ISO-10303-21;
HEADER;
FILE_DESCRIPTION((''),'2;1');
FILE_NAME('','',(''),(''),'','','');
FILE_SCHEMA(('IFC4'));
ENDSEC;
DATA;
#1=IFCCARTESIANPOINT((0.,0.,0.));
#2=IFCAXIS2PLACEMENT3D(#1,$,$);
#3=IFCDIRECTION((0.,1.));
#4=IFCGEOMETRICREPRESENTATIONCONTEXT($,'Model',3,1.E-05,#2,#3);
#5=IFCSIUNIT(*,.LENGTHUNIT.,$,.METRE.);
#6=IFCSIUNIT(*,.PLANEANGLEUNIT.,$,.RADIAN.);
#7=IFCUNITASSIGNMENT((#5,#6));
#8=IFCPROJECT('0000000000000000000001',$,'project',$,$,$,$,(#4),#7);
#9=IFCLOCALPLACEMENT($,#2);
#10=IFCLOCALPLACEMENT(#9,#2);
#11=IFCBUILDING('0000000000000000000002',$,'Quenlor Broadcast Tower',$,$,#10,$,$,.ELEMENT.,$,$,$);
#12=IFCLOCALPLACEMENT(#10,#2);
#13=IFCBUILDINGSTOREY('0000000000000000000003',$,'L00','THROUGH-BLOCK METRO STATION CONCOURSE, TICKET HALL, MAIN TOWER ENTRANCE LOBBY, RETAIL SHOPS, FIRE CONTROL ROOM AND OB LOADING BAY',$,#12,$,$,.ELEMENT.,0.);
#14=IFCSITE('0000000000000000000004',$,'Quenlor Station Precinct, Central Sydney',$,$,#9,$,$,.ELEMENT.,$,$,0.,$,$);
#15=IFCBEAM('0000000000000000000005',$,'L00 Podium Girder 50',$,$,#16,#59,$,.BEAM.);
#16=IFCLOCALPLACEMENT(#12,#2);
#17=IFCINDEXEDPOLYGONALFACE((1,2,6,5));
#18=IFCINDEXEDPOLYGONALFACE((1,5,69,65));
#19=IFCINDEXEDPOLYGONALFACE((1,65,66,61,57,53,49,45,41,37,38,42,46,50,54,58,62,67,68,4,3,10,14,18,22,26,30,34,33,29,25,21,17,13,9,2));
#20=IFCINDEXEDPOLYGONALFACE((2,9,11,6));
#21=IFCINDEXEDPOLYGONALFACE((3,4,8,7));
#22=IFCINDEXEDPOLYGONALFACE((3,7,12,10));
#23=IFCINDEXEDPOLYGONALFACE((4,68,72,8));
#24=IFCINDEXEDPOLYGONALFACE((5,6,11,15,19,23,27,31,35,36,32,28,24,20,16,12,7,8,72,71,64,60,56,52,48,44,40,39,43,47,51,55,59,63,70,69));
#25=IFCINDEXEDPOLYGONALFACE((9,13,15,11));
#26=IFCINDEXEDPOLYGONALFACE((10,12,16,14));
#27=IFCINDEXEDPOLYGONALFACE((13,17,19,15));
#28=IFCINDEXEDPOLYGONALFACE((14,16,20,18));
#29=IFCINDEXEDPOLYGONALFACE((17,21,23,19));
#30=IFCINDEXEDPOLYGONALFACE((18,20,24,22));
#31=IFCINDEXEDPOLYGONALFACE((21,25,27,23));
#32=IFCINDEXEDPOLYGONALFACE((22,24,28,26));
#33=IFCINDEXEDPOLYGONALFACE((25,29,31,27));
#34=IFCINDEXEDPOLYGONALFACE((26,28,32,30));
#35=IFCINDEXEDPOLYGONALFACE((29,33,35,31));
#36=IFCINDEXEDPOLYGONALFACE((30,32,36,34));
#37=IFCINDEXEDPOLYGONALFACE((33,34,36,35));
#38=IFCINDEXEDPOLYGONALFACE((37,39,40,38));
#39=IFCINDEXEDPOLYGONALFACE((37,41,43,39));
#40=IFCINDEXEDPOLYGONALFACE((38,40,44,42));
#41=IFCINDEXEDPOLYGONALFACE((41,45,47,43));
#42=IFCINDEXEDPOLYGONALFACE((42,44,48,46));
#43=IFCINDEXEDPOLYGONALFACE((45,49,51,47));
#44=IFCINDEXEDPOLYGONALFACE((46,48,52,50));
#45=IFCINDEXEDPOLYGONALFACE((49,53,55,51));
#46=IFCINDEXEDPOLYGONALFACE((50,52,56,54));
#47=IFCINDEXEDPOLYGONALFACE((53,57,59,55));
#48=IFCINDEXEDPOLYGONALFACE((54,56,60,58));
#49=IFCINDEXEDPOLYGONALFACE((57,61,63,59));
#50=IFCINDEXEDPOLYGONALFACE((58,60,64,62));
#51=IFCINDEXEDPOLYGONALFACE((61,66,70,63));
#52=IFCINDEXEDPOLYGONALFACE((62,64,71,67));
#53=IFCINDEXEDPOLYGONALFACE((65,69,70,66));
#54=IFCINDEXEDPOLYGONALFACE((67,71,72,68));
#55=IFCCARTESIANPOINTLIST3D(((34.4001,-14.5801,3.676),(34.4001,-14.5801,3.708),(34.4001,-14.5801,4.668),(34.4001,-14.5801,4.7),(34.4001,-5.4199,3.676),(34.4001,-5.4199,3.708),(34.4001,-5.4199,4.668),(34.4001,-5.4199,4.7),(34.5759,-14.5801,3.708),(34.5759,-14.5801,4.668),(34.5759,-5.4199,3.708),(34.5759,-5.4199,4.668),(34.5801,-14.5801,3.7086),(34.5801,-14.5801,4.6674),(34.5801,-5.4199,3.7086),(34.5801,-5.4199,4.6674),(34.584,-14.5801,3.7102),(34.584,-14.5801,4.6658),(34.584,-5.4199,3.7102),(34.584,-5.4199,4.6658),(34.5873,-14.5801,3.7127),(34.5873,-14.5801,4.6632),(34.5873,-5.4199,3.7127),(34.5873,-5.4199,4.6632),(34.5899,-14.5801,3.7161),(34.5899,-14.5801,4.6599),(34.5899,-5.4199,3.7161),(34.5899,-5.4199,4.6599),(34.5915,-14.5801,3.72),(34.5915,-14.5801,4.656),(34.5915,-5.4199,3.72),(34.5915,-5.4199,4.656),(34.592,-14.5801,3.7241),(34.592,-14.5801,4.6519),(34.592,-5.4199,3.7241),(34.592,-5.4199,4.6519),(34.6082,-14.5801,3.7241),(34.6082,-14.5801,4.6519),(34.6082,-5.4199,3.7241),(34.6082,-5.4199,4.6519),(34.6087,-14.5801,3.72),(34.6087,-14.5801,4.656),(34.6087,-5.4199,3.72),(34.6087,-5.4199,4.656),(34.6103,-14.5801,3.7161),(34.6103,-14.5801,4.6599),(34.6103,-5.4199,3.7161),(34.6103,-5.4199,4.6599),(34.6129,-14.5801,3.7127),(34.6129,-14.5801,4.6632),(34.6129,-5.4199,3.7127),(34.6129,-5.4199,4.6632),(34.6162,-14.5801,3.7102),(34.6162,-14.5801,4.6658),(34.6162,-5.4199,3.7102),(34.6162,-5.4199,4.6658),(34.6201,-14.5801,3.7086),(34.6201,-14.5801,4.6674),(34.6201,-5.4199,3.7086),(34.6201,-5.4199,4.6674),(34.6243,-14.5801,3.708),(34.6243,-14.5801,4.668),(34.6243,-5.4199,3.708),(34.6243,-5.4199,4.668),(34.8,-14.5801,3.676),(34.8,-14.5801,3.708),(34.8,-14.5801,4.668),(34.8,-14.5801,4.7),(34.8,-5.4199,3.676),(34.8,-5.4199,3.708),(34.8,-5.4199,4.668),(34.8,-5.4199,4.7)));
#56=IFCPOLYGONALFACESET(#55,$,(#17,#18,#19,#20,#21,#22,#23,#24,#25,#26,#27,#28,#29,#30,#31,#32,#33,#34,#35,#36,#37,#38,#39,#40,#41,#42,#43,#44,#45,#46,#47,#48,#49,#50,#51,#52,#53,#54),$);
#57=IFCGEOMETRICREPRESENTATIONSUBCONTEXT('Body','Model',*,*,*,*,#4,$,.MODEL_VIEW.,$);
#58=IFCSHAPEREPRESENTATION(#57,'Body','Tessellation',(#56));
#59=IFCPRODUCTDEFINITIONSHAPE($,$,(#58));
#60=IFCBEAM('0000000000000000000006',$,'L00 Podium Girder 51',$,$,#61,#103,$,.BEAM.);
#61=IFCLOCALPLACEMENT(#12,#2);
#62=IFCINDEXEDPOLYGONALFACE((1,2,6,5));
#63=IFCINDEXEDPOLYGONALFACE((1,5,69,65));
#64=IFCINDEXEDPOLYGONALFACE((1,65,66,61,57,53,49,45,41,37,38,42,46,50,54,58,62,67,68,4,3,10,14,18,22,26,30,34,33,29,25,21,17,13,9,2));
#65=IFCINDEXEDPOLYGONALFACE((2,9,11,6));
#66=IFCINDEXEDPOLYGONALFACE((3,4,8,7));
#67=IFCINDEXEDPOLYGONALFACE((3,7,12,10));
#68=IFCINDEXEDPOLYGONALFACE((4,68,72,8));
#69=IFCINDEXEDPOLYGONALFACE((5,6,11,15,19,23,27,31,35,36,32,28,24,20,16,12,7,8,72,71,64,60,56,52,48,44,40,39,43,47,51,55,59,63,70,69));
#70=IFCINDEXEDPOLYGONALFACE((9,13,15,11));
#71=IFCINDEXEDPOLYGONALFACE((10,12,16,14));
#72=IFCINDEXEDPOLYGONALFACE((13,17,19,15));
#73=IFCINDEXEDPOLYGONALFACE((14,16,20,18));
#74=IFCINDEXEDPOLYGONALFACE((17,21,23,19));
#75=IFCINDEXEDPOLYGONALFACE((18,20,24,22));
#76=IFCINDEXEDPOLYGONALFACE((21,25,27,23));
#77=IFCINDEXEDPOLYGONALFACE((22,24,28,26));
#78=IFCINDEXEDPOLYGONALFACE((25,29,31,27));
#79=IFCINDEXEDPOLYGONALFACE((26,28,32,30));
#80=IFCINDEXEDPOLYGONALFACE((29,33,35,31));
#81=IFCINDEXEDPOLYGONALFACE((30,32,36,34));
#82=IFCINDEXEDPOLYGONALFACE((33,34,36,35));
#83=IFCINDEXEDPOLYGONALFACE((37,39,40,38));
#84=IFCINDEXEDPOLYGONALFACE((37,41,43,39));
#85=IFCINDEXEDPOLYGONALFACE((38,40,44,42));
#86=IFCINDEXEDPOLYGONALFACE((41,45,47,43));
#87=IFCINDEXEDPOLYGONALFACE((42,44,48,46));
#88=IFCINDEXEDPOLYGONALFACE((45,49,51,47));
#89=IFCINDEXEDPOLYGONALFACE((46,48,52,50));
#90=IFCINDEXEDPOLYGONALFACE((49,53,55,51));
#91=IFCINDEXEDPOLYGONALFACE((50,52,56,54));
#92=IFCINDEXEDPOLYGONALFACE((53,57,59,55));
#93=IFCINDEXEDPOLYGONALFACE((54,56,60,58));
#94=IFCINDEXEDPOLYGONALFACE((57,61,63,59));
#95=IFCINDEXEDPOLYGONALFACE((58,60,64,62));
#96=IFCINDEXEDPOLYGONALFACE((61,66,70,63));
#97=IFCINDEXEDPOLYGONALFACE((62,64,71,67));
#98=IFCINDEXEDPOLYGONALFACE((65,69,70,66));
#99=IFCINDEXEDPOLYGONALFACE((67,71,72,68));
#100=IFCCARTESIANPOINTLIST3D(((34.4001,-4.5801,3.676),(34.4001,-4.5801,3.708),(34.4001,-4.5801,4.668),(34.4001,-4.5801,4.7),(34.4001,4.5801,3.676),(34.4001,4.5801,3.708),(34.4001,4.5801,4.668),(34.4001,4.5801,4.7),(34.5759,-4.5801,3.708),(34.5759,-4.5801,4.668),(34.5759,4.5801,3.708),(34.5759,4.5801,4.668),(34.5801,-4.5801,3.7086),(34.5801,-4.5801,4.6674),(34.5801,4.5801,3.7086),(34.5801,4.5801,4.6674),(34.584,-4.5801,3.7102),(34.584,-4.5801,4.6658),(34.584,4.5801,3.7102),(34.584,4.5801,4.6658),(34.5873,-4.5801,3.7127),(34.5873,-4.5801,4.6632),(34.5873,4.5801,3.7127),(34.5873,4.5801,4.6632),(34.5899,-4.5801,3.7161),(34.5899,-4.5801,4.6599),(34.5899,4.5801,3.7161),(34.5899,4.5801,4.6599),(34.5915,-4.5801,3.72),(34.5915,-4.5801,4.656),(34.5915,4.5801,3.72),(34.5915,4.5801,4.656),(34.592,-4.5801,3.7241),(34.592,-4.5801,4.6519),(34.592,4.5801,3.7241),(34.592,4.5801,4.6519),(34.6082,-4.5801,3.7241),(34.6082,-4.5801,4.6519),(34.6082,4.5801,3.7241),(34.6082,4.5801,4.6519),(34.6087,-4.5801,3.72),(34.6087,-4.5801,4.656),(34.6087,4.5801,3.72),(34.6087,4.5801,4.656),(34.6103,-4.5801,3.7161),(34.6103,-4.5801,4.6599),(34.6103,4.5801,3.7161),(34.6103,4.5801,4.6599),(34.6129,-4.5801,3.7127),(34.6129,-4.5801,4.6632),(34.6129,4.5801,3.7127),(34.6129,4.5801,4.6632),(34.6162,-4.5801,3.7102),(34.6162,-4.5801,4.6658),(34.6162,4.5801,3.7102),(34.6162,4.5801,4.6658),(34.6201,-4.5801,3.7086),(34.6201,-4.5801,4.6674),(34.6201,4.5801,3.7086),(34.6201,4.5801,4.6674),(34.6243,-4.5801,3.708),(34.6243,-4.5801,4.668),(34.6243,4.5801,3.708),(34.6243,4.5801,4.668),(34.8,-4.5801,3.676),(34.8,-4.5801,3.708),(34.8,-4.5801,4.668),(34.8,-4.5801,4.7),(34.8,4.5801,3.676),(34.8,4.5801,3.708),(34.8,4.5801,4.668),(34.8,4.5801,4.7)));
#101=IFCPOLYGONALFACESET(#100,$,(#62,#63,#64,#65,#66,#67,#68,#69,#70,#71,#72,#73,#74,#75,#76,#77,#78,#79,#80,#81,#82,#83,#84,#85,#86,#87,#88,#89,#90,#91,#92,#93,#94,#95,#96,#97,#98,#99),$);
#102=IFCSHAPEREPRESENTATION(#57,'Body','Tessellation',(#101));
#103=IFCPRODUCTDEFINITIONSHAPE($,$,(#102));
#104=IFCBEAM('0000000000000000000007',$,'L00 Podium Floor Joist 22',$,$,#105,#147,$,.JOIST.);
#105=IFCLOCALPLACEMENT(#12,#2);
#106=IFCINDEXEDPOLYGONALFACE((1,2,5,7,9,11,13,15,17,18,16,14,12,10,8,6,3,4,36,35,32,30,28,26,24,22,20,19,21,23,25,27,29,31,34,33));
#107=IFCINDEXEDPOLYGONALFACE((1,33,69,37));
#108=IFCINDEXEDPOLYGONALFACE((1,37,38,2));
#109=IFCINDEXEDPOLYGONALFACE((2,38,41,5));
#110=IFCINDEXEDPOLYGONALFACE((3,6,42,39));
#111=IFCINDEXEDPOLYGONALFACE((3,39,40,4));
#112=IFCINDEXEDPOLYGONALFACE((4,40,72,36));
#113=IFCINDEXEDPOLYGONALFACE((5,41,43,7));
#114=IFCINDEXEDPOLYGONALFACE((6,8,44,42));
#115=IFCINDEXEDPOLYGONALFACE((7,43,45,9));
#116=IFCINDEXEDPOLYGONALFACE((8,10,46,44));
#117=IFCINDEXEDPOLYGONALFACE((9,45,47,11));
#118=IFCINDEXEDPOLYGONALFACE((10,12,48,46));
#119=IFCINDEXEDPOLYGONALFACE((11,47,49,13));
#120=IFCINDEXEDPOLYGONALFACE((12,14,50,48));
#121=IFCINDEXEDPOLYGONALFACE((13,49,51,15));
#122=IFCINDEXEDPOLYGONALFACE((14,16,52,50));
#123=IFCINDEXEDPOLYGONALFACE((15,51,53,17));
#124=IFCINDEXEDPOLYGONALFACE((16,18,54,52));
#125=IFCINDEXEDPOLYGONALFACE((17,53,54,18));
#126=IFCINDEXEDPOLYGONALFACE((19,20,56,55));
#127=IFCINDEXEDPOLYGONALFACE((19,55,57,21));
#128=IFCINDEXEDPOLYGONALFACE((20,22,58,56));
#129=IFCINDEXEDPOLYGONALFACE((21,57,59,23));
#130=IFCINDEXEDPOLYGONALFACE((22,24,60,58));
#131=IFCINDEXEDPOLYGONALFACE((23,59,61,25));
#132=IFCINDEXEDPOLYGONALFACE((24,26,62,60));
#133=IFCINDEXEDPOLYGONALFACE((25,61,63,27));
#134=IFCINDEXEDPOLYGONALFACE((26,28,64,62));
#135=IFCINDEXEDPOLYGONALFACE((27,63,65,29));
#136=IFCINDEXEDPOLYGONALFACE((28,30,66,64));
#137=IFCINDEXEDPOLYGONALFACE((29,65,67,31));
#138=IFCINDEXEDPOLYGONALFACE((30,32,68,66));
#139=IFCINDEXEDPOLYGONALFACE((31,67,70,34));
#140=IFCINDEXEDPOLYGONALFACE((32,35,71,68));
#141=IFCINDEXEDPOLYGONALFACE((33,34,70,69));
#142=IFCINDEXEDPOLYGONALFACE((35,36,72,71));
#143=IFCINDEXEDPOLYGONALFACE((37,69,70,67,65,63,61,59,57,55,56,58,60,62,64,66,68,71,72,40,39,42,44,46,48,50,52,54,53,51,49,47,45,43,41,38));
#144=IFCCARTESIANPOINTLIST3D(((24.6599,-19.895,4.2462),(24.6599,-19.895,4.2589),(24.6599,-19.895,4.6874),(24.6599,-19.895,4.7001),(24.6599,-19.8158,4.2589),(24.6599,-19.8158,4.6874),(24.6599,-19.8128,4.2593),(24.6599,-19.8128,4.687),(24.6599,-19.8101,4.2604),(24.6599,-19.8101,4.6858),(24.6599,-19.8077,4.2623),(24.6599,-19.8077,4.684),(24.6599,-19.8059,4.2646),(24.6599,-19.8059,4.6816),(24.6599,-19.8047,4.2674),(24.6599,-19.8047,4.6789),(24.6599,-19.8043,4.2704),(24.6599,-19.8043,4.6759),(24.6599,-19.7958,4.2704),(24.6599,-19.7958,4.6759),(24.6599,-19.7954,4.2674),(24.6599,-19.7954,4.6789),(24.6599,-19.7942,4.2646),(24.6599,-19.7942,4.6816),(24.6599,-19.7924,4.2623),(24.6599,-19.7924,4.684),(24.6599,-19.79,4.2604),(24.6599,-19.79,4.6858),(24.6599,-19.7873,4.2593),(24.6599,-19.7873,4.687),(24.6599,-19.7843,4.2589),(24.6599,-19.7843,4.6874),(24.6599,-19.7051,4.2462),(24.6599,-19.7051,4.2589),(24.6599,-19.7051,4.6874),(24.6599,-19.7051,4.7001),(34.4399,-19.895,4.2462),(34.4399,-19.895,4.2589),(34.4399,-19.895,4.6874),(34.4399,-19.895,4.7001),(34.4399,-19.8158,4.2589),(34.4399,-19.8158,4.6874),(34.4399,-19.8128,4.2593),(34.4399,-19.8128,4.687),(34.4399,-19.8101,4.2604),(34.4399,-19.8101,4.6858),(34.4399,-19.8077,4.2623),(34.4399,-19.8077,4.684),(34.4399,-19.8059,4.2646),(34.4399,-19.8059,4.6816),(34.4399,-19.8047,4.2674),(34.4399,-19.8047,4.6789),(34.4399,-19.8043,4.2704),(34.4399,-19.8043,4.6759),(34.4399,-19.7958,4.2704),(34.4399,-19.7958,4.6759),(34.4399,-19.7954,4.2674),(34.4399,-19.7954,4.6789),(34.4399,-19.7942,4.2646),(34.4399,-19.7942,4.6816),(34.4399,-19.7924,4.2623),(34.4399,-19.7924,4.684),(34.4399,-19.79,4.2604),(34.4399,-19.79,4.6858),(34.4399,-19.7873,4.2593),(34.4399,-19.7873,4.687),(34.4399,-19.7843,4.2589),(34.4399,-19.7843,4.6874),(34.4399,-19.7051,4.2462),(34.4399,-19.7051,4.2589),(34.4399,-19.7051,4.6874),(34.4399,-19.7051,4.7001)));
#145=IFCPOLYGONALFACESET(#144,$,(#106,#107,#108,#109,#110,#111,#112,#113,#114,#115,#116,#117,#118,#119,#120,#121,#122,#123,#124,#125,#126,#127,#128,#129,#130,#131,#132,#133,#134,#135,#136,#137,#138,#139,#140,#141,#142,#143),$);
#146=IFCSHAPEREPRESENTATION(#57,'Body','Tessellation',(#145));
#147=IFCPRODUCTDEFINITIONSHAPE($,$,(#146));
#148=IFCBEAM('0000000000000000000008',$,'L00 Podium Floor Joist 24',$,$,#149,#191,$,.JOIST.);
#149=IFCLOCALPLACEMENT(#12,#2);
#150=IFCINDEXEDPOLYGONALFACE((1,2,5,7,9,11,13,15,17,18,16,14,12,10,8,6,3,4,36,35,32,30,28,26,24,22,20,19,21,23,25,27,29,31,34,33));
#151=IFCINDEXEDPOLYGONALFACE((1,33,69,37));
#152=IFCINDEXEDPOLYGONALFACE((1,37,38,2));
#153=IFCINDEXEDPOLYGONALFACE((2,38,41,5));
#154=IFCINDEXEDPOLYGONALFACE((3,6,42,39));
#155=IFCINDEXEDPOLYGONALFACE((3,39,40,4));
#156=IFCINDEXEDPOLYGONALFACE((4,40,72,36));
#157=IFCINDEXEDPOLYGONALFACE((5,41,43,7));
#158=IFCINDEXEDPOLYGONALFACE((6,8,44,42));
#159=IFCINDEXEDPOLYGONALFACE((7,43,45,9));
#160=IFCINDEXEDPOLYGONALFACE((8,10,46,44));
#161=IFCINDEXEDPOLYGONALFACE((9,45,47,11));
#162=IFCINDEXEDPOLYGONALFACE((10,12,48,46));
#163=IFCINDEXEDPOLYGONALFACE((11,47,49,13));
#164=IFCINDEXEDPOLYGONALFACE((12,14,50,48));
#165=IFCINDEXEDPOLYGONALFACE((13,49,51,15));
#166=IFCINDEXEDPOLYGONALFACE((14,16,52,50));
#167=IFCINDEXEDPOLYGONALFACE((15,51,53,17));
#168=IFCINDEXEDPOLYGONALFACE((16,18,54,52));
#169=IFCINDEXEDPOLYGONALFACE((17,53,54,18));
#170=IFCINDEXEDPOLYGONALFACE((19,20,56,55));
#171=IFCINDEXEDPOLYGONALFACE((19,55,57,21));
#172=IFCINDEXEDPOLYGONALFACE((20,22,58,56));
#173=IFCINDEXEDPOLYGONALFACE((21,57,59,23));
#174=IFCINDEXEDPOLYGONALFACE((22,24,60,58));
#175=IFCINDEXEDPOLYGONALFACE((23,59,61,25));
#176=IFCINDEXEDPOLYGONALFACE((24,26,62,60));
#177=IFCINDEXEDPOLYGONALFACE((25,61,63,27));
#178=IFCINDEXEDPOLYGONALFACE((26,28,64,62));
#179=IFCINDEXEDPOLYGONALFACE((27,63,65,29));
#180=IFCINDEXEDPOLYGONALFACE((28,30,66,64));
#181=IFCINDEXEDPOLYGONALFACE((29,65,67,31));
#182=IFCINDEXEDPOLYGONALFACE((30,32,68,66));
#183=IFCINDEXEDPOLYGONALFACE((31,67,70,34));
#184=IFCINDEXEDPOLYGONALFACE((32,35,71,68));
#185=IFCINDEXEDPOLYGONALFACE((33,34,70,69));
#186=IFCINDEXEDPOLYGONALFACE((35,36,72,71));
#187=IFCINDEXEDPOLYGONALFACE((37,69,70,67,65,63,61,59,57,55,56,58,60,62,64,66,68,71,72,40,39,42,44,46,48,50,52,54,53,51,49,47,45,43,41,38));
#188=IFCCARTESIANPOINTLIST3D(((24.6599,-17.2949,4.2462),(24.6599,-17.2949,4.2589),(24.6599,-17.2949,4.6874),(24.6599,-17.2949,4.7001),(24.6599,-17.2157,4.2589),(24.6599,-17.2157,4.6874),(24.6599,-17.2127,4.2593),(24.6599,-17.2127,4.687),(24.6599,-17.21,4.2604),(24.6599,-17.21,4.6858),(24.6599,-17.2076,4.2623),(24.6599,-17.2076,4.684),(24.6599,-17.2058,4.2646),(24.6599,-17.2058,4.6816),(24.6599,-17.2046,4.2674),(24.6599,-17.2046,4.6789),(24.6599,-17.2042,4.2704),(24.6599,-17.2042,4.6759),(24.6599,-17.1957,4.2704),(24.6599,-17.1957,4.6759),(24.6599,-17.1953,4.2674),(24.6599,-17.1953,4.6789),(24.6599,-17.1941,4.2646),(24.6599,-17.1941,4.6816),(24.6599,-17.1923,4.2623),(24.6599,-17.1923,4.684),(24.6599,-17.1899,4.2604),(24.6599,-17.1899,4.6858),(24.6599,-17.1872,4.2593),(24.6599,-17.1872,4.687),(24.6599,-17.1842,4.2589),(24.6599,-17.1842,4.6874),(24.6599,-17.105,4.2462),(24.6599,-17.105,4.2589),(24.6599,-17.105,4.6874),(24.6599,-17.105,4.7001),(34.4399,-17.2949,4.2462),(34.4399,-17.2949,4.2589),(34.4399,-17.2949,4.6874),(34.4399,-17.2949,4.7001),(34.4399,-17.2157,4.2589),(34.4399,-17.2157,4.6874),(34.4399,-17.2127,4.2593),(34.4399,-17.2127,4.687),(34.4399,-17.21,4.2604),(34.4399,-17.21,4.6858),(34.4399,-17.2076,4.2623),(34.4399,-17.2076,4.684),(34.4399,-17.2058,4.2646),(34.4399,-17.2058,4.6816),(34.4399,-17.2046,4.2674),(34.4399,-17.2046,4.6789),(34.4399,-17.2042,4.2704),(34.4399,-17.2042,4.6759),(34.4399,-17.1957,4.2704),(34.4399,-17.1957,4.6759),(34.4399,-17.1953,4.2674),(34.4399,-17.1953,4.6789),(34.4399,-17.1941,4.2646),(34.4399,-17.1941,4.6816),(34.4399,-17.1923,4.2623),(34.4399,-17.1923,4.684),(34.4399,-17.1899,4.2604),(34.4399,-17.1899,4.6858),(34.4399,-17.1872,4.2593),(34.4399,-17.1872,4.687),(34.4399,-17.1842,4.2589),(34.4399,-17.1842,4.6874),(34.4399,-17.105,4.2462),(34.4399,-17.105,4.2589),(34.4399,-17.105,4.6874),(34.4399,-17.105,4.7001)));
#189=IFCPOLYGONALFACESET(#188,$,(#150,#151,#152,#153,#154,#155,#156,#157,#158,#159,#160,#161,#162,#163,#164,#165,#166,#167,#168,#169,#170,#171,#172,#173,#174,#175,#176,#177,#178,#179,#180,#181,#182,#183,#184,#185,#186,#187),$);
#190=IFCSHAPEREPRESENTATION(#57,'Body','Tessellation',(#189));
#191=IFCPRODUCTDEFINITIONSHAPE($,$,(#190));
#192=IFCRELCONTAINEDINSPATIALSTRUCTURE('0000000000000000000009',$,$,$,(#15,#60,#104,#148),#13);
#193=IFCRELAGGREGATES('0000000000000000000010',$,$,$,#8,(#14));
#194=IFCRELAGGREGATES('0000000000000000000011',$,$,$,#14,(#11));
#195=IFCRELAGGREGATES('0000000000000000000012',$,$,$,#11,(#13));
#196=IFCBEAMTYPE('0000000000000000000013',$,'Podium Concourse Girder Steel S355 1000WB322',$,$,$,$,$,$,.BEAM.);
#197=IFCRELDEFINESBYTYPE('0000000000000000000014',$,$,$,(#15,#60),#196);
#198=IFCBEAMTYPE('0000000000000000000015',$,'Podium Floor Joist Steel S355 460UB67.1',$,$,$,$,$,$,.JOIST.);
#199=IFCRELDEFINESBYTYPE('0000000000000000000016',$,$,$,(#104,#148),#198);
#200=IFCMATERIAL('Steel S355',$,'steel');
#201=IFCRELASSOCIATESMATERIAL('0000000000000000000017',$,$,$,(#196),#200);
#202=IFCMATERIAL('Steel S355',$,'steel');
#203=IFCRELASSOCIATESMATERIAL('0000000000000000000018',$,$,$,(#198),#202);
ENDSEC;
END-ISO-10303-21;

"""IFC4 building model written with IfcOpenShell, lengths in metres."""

from ifc_helpers import new_model, si_unit, direction, frame, origin, origin_2d, place, context, subcontext, project, spatial, i_section, extrude, material, material_profile, profile_set, type_object, element, save


model = new_model("IFC4")

# Units and contexts
model_context = context("Model", 3, precision=1e-05, world=origin(), true_north=direction((0.0, 1.0)))
body_context = subcontext(model_context, "Body", "Model", "MODEL_VIEW")
ifc_project = project(units=[si_unit("LENGTHUNIT", "METRE"), si_unit("PLANEANGLEUNIT", "RADIAN")], contexts=[model_context])

# Site, building, storey
site_placement = place(None, origin())
site = spatial("IfcSite", under=ifc_project, at=site_placement, Name="Quenlor Station Precinct, Central Sydney", CompositionType="ELEMENT", RefElevation=0.0)
building_placement = place(site_placement, origin())
building = spatial("IfcBuilding", under=site, at=building_placement, Name="Quenlor Broadcast Tower", CompositionType="ELEMENT")
storey_placement = place(building_placement, origin())
storey = spatial("IfcBuildingStorey", under=building, at=storey_placement, Name="L00", Description="THROUGH-BLOCK METRO STATION CONCOURSE, TICKET HALL, MAIN TOWER ENTRANCE LOBBY, RETAIL SHOPS, FIRE CONTROL ROOM AND OB LOADING BAY", CompositionType="ELEMENT", Elevation=0.0)

# Beams
ifc_material_1 = material(Name="Steel S355", Category="steel")
ifc_material_profile_1 = material_profile(ifc_material_1, i_section(OverallWidth=0.3999, OverallDepth=1.0239, WebThickness=0.0161, FlangeThickness=0.032, FilletRadius=0.0161, at=origin_2d()))
ifc_profile_set_1 = profile_set([ifc_material_profile_1], Name="Steel S355 1000WB322")
beam_type_1 = type_object("IfcBeamType", Name="Podium Concourse Girder Steel S355 1000WB322", PredefinedType="BEAM", material=ifc_profile_set_1)
for number, where, z_axis, x_axis, name in (
    (1, (34.6001, -14.5801, 4.188), (0.0, 1.0, 0.0), (-1.0, 0.0, 0.0), "L00 Podium Girder 50"),
    (2, (34.6001, -4.5801, 4.188), (0.0, 1.0, 0.0), (-1.0, 0.0, 0.0), "L00 Podium Girder 51"),
):
    element("IfcBeam", number, at=place(storey_placement, frame(where, z_axis=z_axis, x_axis=x_axis)), inside=storey, type_object=beam_type_1, Name=name, PredefinedType="BEAM", context=body_context, shape_type="SweptSolid", body=[
        extrude(i_section(OverallWidth=0.3999, OverallDepth=1.0239, WebThickness=0.0161, FlangeThickness=0.032, FilletRadius=0.0161, at=origin_2d()), origin(), (0.0, 0.0, 1.0), 9.1602),
    ])
ifc_material_2 = material(Name="Steel S355", Category="steel")
ifc_material_profile_2 = material_profile(ifc_material_2, i_section(OverallWidth=0.1899, OverallDepth=0.4539, WebThickness=0.0085, FlangeThickness=0.0127, FilletRadius=0.0115, at=origin_2d()))
ifc_profile_set_2 = profile_set([ifc_material_profile_2], Name="Steel S355 460UB67.1")
beam_type_2 = type_object("IfcBeamType", Name="Podium Floor Joist Steel S355 460UB67.1", PredefinedType="JOIST", material=ifc_profile_set_2)
for number, where, z_axis, x_axis, name in (
    (3, (24.6599, -19.8, 4.4731), (1.0, 0.0, 0.0), (0.0, 1.0, 0.0), "L00 Podium Floor Joist 22"),
    (4, (24.6599, -17.2, 4.4731), (1.0, 0.0, 0.0), (0.0, 1.0, 0.0), "L00 Podium Floor Joist 24"),
):
    element("IfcBeam", number, at=place(storey_placement, frame(where, z_axis=z_axis, x_axis=x_axis)), inside=storey, type_object=beam_type_2, Name=name, PredefinedType="JOIST", context=body_context, shape_type="SweptSolid", body=[
        extrude(i_section(OverallWidth=0.1899, OverallDepth=0.4539, WebThickness=0.0085, FlangeThickness=0.0127, FilletRadius=0.0115, at=origin_2d()), origin(), (0.0, 0.0, 1.0), 9.78),
    ])

save(model, "model.ifc")
